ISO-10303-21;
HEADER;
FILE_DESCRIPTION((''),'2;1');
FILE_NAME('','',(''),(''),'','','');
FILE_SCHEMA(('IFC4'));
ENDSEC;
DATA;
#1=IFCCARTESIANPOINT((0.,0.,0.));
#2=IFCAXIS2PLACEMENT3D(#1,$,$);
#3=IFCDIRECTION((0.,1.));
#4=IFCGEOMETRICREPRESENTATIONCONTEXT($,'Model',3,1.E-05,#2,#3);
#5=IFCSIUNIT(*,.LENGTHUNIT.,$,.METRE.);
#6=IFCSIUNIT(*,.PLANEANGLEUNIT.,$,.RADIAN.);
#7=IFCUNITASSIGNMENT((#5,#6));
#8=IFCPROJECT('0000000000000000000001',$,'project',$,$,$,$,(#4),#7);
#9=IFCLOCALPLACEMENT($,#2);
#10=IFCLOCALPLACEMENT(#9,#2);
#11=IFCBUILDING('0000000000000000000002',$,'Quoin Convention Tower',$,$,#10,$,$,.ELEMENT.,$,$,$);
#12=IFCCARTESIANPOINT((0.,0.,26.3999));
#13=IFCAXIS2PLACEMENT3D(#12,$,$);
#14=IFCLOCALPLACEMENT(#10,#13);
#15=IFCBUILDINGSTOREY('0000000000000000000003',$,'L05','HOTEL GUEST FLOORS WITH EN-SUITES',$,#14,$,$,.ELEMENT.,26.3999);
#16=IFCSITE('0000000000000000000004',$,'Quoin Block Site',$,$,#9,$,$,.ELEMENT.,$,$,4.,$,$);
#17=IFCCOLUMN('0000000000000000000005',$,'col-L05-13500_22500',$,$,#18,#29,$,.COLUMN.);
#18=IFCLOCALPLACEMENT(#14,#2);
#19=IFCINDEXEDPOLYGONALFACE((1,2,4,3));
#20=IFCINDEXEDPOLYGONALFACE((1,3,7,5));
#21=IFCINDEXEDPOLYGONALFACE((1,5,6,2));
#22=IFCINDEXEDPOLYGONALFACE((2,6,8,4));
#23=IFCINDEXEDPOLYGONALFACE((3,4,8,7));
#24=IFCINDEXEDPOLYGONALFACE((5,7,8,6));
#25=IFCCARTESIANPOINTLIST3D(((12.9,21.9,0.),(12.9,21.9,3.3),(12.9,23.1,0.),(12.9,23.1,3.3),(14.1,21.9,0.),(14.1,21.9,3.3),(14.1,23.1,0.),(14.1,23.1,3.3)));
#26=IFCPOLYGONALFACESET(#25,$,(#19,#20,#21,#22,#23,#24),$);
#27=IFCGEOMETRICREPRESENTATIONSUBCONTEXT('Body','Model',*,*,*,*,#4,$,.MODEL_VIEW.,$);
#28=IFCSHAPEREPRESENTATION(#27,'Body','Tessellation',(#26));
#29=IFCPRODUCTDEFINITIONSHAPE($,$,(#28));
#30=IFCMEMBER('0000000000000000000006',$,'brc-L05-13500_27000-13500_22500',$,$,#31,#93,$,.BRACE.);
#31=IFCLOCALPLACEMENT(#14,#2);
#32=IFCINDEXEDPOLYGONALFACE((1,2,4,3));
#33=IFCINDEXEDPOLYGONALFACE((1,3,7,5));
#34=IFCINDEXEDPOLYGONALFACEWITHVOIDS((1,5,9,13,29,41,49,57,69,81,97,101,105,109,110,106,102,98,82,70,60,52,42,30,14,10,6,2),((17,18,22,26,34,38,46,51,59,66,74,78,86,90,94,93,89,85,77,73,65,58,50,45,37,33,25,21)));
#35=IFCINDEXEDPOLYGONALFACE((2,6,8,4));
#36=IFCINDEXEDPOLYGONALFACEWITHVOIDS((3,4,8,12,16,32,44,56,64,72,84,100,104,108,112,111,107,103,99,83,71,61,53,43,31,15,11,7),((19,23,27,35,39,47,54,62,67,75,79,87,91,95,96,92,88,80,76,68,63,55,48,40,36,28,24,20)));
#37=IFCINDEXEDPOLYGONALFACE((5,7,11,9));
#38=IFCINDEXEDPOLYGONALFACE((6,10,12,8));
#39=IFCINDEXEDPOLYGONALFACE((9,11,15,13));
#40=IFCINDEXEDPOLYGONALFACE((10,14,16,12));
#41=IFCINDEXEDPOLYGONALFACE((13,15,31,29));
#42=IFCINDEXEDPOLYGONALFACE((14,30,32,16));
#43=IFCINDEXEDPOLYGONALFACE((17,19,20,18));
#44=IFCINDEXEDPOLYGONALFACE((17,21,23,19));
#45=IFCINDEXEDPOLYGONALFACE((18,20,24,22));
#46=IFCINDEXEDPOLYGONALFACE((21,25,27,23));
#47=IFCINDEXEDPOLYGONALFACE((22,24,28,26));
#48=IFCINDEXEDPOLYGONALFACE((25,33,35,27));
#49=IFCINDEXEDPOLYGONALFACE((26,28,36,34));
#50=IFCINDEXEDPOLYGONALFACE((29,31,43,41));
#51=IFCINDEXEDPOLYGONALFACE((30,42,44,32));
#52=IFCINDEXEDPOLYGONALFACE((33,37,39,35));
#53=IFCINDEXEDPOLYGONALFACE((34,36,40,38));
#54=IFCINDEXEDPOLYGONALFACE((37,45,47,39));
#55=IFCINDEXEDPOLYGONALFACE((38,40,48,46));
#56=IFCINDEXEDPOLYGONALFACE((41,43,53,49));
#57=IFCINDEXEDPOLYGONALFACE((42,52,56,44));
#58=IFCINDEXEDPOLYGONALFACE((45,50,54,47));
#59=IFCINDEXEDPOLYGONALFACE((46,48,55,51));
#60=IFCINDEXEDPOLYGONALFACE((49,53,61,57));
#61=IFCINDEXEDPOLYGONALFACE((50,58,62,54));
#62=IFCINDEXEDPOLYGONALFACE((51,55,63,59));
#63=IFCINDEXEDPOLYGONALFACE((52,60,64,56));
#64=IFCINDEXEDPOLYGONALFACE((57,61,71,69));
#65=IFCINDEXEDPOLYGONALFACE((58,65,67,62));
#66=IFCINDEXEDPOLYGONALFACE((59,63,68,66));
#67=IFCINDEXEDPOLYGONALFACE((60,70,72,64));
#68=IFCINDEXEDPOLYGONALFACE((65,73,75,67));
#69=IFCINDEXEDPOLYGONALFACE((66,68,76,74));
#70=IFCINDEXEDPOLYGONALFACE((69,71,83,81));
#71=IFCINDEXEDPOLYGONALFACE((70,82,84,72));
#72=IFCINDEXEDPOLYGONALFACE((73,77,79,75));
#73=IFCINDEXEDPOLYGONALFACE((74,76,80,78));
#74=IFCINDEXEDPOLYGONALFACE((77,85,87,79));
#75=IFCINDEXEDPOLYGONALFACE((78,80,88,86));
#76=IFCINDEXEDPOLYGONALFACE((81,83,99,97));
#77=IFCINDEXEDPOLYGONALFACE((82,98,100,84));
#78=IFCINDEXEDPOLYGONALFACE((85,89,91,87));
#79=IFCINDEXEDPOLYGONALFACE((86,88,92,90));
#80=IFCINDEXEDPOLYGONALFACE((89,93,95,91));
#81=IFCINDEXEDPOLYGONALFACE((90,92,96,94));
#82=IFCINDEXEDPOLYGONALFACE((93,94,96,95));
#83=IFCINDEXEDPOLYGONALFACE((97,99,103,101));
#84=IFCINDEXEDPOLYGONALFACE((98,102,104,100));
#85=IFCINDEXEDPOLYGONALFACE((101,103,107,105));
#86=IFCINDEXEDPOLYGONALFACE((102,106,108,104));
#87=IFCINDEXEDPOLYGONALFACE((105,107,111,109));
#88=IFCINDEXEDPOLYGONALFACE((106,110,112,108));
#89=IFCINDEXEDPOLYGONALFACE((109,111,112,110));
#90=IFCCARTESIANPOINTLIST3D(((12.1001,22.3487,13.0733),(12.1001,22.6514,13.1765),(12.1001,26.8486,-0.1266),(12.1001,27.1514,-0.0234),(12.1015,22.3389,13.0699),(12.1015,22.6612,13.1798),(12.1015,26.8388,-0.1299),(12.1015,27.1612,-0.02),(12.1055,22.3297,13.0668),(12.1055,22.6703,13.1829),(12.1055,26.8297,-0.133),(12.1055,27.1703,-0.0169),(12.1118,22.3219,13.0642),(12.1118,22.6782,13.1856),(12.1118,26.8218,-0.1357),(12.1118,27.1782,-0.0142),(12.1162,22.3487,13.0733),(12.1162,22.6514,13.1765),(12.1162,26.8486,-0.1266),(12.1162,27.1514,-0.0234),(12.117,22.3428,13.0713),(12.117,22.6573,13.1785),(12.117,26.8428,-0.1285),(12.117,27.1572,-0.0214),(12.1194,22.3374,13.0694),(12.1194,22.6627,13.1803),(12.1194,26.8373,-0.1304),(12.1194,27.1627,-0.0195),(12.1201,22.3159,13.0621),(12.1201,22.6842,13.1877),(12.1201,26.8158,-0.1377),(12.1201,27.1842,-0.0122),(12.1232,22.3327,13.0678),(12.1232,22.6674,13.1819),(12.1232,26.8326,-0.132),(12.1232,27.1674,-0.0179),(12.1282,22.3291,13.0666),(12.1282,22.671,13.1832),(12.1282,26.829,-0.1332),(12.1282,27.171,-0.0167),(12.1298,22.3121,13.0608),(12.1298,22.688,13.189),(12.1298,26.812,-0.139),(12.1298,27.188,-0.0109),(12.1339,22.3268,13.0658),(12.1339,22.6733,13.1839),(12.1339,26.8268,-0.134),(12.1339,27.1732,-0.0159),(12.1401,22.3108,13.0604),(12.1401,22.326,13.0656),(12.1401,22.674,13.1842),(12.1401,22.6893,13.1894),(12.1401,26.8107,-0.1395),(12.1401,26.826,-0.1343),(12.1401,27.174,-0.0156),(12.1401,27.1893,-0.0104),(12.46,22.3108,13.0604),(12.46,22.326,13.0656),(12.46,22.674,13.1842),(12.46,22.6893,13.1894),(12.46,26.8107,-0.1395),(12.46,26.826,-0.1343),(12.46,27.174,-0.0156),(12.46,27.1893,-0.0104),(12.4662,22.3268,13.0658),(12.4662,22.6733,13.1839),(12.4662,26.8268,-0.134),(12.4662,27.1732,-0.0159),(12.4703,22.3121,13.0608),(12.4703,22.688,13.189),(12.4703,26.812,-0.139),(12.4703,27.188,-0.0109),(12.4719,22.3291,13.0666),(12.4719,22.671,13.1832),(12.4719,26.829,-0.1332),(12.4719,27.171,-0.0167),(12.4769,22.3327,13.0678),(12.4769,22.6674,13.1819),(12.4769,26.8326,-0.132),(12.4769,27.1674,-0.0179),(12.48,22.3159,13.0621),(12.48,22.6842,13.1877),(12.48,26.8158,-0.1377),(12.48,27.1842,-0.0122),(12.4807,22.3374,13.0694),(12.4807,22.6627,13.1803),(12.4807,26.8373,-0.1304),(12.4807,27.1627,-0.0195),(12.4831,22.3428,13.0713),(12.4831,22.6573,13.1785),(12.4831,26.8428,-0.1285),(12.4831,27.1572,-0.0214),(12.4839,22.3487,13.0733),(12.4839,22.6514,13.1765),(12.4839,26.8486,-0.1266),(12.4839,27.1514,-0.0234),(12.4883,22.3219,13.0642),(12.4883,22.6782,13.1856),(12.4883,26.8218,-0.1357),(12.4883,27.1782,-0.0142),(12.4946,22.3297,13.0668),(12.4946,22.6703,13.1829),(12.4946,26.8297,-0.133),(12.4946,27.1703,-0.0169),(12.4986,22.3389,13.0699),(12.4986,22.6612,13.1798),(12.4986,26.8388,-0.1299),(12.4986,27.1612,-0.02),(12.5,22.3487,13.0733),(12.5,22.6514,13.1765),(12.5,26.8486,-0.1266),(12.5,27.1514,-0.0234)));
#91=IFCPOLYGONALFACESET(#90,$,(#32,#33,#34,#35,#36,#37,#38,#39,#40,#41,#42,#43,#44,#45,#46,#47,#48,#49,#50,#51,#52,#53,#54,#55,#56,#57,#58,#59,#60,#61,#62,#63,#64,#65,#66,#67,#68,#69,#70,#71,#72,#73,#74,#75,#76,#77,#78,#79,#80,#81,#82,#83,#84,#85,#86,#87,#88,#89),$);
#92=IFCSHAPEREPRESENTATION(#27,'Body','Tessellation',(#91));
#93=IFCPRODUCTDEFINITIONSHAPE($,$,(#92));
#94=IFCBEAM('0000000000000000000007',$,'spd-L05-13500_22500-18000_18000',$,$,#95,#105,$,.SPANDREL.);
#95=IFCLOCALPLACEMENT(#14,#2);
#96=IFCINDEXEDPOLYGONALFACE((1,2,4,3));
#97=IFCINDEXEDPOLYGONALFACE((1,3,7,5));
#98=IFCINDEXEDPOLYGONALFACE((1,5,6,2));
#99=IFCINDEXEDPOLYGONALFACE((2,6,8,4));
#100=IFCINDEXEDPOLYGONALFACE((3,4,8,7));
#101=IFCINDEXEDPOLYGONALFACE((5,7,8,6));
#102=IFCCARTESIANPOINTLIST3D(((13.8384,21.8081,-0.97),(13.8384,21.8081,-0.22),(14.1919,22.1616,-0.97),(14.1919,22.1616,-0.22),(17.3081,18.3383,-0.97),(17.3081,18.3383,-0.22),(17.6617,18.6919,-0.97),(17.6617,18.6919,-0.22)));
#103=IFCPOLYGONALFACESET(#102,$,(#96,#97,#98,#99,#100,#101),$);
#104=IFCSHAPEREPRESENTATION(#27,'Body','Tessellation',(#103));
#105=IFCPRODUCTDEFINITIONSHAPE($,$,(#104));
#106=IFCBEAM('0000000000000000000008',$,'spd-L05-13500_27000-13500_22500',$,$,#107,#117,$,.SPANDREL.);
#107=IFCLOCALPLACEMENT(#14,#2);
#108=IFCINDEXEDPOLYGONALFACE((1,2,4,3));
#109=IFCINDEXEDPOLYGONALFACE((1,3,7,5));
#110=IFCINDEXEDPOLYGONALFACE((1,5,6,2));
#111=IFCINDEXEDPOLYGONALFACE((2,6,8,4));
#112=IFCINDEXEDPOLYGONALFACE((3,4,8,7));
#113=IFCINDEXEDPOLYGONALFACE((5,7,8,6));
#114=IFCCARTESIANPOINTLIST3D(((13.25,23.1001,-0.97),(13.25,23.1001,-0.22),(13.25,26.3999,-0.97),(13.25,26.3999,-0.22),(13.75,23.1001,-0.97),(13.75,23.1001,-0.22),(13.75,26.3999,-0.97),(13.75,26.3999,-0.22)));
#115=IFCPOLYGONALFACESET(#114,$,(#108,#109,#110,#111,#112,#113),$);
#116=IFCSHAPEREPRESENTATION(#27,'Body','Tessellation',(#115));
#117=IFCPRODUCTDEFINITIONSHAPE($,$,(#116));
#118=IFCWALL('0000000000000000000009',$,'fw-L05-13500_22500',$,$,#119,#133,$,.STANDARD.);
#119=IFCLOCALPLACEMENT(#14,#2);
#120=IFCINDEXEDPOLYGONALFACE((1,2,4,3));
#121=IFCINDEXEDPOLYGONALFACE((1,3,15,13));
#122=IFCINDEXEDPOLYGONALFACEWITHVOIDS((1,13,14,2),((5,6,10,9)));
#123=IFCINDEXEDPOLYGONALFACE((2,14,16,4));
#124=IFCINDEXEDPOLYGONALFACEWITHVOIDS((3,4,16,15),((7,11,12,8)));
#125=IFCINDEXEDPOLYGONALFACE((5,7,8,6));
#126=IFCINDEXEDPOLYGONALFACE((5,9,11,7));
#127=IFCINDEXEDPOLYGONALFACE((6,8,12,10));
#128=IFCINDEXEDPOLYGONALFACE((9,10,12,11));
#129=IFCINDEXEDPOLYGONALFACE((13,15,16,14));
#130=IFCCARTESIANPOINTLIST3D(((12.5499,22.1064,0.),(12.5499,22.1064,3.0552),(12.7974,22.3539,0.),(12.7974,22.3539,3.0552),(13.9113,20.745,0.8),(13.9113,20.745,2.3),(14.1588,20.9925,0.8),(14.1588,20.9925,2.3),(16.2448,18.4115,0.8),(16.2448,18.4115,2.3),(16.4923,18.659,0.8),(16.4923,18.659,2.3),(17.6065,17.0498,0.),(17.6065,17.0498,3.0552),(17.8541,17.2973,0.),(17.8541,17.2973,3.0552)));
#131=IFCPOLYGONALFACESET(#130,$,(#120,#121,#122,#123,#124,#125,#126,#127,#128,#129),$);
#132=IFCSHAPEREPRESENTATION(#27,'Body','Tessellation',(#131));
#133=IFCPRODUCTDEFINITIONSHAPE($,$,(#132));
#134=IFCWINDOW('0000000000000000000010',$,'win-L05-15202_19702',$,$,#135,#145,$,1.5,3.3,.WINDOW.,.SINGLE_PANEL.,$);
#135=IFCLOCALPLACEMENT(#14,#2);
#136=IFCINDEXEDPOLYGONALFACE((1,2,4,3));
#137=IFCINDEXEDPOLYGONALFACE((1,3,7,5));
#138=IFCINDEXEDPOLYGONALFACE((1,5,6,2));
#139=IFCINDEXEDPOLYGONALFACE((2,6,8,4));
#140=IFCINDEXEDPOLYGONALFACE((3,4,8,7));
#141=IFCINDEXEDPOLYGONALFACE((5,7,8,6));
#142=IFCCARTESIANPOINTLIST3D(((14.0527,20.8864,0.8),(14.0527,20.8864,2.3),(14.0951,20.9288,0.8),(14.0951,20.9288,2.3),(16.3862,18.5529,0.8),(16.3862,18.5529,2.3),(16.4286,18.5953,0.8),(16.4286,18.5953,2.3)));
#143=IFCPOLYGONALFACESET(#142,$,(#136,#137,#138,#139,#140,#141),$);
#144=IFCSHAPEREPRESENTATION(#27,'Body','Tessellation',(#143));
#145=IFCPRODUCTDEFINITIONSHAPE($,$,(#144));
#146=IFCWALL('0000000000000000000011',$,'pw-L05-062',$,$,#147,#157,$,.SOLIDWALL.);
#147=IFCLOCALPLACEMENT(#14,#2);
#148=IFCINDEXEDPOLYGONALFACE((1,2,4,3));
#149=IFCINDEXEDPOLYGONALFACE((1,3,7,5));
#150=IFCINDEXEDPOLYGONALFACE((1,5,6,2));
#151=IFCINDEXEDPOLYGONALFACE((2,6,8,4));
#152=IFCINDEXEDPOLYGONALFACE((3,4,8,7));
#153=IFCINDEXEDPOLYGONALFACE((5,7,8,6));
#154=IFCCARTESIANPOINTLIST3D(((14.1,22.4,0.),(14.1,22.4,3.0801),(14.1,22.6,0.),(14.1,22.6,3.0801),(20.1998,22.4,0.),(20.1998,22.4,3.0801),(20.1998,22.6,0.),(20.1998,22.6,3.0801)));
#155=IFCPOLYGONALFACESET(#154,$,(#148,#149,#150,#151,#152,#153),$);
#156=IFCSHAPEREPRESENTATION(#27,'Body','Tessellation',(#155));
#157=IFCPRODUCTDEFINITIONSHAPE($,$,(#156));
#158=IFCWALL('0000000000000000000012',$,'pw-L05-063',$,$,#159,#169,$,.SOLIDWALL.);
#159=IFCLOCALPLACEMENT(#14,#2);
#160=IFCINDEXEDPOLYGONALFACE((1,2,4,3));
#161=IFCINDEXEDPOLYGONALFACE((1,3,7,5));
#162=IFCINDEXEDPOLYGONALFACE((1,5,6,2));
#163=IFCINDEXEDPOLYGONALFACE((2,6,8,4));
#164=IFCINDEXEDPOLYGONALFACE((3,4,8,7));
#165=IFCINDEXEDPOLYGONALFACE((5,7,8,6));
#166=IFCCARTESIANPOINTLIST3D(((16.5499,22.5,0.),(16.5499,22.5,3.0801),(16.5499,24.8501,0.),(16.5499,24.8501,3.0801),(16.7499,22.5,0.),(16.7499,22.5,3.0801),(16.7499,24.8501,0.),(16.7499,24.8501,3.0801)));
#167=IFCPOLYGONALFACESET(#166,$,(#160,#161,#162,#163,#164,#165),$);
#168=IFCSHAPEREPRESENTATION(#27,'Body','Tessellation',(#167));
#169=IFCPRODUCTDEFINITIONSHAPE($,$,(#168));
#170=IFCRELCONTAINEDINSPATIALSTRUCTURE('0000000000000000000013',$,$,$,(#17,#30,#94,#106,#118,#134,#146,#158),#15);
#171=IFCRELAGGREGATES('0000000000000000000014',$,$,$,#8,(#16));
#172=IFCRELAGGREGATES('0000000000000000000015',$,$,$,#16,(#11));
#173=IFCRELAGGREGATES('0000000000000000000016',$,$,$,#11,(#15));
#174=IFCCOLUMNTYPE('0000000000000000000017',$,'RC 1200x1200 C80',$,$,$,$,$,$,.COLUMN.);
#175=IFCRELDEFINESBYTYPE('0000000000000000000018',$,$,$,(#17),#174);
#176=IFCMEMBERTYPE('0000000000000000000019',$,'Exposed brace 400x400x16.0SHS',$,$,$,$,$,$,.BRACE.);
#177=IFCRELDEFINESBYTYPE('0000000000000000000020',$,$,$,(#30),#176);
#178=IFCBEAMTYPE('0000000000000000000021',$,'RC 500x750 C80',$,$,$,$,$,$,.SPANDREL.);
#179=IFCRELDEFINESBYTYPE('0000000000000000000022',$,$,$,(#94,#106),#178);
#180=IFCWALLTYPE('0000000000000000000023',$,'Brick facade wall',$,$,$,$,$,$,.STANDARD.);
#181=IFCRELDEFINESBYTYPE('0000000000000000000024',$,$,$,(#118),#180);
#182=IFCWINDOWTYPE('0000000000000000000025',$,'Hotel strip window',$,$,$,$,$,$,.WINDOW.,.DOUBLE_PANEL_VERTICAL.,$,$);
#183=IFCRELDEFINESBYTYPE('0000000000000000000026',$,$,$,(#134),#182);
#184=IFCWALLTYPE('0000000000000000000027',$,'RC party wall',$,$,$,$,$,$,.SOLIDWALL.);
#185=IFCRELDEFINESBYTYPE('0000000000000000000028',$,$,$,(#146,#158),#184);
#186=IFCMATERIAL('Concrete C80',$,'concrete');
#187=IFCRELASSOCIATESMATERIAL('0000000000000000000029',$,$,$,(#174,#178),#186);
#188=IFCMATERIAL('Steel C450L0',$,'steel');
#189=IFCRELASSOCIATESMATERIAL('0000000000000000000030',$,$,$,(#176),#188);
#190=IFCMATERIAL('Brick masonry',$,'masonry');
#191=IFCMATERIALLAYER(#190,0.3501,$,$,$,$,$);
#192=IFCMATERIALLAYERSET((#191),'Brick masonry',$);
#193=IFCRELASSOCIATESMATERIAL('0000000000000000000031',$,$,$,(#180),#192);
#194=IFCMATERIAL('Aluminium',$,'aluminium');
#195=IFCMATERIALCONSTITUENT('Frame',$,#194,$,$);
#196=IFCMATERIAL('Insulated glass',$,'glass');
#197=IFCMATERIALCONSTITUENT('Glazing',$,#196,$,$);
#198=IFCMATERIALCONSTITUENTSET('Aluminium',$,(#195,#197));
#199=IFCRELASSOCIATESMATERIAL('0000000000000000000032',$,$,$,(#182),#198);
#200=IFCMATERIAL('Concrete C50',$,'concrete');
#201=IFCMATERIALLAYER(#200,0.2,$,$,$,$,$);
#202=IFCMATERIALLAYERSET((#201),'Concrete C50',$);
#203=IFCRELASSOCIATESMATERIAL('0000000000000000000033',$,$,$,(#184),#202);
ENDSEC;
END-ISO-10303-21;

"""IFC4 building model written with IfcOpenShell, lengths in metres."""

from ifc_helpers import new_model, si_unit, direction, frame, frame_2d, origin, origin_2d, place, context, subcontext, project, spatial, rectangle, hollow_rectangle, extrude, material, layer, layer_set, constituent, constituent_set, material_profile, profile_set, type_object, element, fill, save


model = new_model("IFC4")

# Units and contexts
model_context = context("Model", 3, precision=1e-05, world=origin(), true_north=direction((0.0, 1.0)))
body_context = subcontext(model_context, "Body", "Model", "MODEL_VIEW")
ifc_project = project(units=[si_unit("LENGTHUNIT", "METRE"), si_unit("PLANEANGLEUNIT", "RADIAN")], contexts=[model_context])

# Site, building, storey
site_placement = place(None, origin())
site = spatial("IfcSite", under=ifc_project, at=site_placement, Name="Quoin Block Site", CompositionType="ELEMENT", RefElevation=4.0)
building_placement = place(site_placement, origin())
building = spatial("IfcBuilding", under=site, at=building_placement, Name="Quoin Convention Tower", CompositionType="ELEMENT")
storey_placement = place(building_placement, frame((0.0, 0.0, 26.3999)))
storey = spatial("IfcBuildingStorey", under=building, at=storey_placement, Name="L05", Description="HOTEL GUEST FLOORS WITH EN-SUITES", CompositionType="ELEMENT", Elevation=26.3999)

# Column
ifc_material_1 = material(Name="Concrete C80", Category="concrete")
ifc_material_profile_1 = material_profile(ifc_material_1, rectangle(XDim=1.2, YDim=1.2, at=origin_2d()), Name="RC 1200x1200")
ifc_profile_set_1 = profile_set([ifc_material_profile_1], Name="Concrete C80")
column_type = type_object("IfcColumnType", Name="RC 1200x1200 C80", PredefinedType="COLUMN", material=ifc_profile_set_1)
column_placement = place(storey_placement, frame((13.5, 22.5, 0.0), z_axis=(0.0, 0.0, 1.0), x_axis=(1.0, 0.0, 0.0)))
element("IfcColumn", 1, at=column_placement, inside=storey, type_object=column_type, Name="col-L05-13500_22500", PredefinedType="COLUMN", context=body_context, shape_type="SweptSolid", body=[
    extrude(rectangle(XDim=1.2, YDim=1.2, at=origin_2d()), origin(), (0.0, 0.0, 1.0), 3.3),
])

# Member
ifc_material_2 = material(Name="Steel C450L0", Category="steel")
ifc_material_profile_2 = material_profile(ifc_material_2, hollow_rectangle(XDim=0.3999, YDim=0.3999, WallThickness=0.0161, InnerFilletRadius=0.0239, OuterFilletRadius=0.04, at=origin_2d()), Name="400x400x16.0SHS")
ifc_profile_set_2 = profile_set([ifc_material_profile_2], Name="Steel C450L0")
member_type = type_object("IfcMemberType", Name="Exposed brace 400x400x16.0SHS", PredefinedType="BRACE", material=ifc_profile_set_2)
member_placement = place(storey_placement, frame((12.3, 27.0, -0.075), z_axis=(0.0, -0.322675, 0.94651), x_axis=(1.0, 0.0, 0.0)))
element("IfcMember", 2, at=member_placement, inside=storey, type_object=member_type, Name="brc-L05-13500_27000-13500_22500", PredefinedType="BRACE", context=body_context, shape_type="SweptSolid", body=[
    extrude(hollow_rectangle(XDim=0.3999, YDim=0.3999, WallThickness=0.0161, InnerFilletRadius=0.0239, OuterFilletRadius=0.04, at=origin_2d()), origin(), (0.0, 0.0, 1.0), 13.9458),
])

# Beams
ifc_material_profile_3 = material_profile(ifc_material_1, rectangle(XDim=0.5, YDim=0.75, at=origin_2d()), Name="RC 500x750")
ifc_profile_set_3 = profile_set([ifc_material_profile_3], Name="Concrete C80")
beam_type = type_object("IfcBeamType", Name="RC 500x750 C80", PredefinedType="SPANDREL", material=ifc_profile_set_3)
beam_1_placement = place(storey_placement, frame((14.0151, 21.9849, -0.595), z_axis=(0.707107, -0.707107, 0.0), x_axis=(0.707107, 0.707107, 0.0)))
element("IfcBeam", 3, at=beam_1_placement, inside=storey, type_object=beam_type, Name="spd-L05-13500_22500-18000_18000", PredefinedType="SPANDREL", context=body_context, shape_type="SweptSolid", body=[
    extrude(rectangle(XDim=0.5, YDim=0.75, at=origin_2d()), origin(), (0.0, 0.0, 1.0), 4.907),
])
beam_2_placement = place(storey_placement, frame((13.5, 26.3999, -0.595), z_axis=(0.0, -1.0, 0.0), x_axis=(1.0, 0.0, 0.0)))
element("IfcBeam", 4, at=beam_2_placement, inside=storey, type_object=beam_type, Name="spd-L05-13500_27000-13500_22500", PredefinedType="SPANDREL", context=body_context, shape_type="SweptSolid", body=[
    extrude(rectangle(XDim=0.5, YDim=0.75, at=origin_2d()), origin(), (0.0, 0.0, 1.0), 3.2998),
])

# Wall, opening, window
ifc_material_3 = material(Name="Brick masonry", Category="masonry")
ifc_layer_1 = layer(ifc_material_3, 0.3501)
ifc_layer_set_1 = layer_set([ifc_layer_1], Name="Brick masonry")
wall_type_1 = type_object("IfcWallType", Name="Brick facade wall", PredefinedType="STANDARD", material=ifc_layer_set_1)
wall_1_placement = place(storey_placement, frame((12.6736, 22.2302, 0.0), z_axis=(0.0, 0.0, 1.0), x_axis=(0.707107, -0.707107, 0.0)))
wall_1 = element("IfcWall", 5, at=wall_1_placement, inside=storey, type_object=wall_type_1, Name="fw-L05-13500_22500", PredefinedType="STANDARD", context=body_context, shape_type="SweptSolid", body=[
    extrude(rectangle(XDim=7.1511, YDim=0.3501, at=frame_2d((3.5757, 0.0))), origin(), (0.0, 0.0, 1.0), 3.0552),
])
opening_placement = place(wall_1_placement, frame((1.9255, 0.0, 0.8)))
opening = element("IfcOpeningElement", 6, at=opening_placement, cuts=wall_1, PredefinedType="OPENING", context=body_context, shape_type="SweptSolid", body=[
    extrude(rectangle(XDim=3.3, YDim=1.5, at=frame_2d((1.6499, 0.75))), frame((0.0, 0.1851, 0.0), z_axis=(0.0, -1.0, 0.0), x_axis=(1.0, 0.0, 0.0)), (0.0, 0.0, 1.0), 0.3701),
])
ifc_material_4 = material(Name="Aluminium", Category="aluminium")
ifc_constituent_1 = constituent(ifc_material_4, Name="Frame")
ifc_material_5 = material(Name="Insulated glass", Category="glass")
ifc_constituent_2 = constituent(ifc_material_5, Name="Glazing")
ifc_constituent_set = constituent_set(constituents=[ifc_constituent_1, ifc_constituent_2], Name="Aluminium")
window_type = type_object("IfcWindowType", Name="Hotel strip window", PartitioningType="DOUBLE_PANEL_VERTICAL", PredefinedType="WINDOW", material=ifc_constituent_set)
window_placement = place(opening_placement, origin())
window = element("IfcWindow", 7, at=window_placement, inside=storey, type_object=window_type, Name="win-L05-15202_19702", OverallHeight=1.5, OverallWidth=3.3, PartitioningType="SINGLE_PANEL", PredefinedType="WINDOW", context=body_context, shape_type="SweptSolid", body=[
    extrude(rectangle(XDim=3.3, YDim=1.5, at=frame_2d((1.6499, 0.75))), frame((0.0, 0.085, 0.0), z_axis=(0.0, -1.0, 0.0), x_axis=(1.0, 0.0, 0.0)), (0.0, 0.0, 1.0), 0.0601),
])
fill(opening, window)

# Walls
ifc_material_6 = material(Name="Concrete C50", Category="concrete")
ifc_layer_2 = layer(ifc_material_6, 0.2)
ifc_layer_set_2 = layer_set([ifc_layer_2], Name="Concrete C50")
wall_type_2 = type_object("IfcWallType", Name="RC party wall", PredefinedType="SOLIDWALL", material=ifc_layer_set_2)
wall_2_placement = place(storey_placement, frame((14.1001, 22.5, 0.0), z_axis=(0.0, 0.0, 1.0), x_axis=(1.0, 0.0, 0.0)))
element("IfcWall", 8, at=wall_2_placement, inside=storey, type_object=wall_type_2, Name="pw-L05-062", PredefinedType="SOLIDWALL", context=body_context, shape_type="SweptSolid", body=[
    extrude(rectangle(XDim=6.0999, YDim=0.2, at=frame_2d((3.0498, 0.0))), origin(), (0.0, 0.0, 1.0), 3.0801),
])
wall_3_placement = place(storey_placement, frame((16.6499, 22.5, 0.0), z_axis=(0.0, 0.0, 1.0), x_axis=(0.0, 1.0, 0.0)))
element("IfcWall", 9, at=wall_3_placement, inside=storey, type_object=wall_type_2, Name="pw-L05-063", PredefinedType="SOLIDWALL", context=body_context, shape_type="SweptSolid", body=[
    extrude(rectangle(XDim=2.3501, YDim=0.2, at=frame_2d((1.175, 0.0))), origin(), (0.0, 0.0, 1.0), 3.0801),
])

save(model, "model.ifc")
